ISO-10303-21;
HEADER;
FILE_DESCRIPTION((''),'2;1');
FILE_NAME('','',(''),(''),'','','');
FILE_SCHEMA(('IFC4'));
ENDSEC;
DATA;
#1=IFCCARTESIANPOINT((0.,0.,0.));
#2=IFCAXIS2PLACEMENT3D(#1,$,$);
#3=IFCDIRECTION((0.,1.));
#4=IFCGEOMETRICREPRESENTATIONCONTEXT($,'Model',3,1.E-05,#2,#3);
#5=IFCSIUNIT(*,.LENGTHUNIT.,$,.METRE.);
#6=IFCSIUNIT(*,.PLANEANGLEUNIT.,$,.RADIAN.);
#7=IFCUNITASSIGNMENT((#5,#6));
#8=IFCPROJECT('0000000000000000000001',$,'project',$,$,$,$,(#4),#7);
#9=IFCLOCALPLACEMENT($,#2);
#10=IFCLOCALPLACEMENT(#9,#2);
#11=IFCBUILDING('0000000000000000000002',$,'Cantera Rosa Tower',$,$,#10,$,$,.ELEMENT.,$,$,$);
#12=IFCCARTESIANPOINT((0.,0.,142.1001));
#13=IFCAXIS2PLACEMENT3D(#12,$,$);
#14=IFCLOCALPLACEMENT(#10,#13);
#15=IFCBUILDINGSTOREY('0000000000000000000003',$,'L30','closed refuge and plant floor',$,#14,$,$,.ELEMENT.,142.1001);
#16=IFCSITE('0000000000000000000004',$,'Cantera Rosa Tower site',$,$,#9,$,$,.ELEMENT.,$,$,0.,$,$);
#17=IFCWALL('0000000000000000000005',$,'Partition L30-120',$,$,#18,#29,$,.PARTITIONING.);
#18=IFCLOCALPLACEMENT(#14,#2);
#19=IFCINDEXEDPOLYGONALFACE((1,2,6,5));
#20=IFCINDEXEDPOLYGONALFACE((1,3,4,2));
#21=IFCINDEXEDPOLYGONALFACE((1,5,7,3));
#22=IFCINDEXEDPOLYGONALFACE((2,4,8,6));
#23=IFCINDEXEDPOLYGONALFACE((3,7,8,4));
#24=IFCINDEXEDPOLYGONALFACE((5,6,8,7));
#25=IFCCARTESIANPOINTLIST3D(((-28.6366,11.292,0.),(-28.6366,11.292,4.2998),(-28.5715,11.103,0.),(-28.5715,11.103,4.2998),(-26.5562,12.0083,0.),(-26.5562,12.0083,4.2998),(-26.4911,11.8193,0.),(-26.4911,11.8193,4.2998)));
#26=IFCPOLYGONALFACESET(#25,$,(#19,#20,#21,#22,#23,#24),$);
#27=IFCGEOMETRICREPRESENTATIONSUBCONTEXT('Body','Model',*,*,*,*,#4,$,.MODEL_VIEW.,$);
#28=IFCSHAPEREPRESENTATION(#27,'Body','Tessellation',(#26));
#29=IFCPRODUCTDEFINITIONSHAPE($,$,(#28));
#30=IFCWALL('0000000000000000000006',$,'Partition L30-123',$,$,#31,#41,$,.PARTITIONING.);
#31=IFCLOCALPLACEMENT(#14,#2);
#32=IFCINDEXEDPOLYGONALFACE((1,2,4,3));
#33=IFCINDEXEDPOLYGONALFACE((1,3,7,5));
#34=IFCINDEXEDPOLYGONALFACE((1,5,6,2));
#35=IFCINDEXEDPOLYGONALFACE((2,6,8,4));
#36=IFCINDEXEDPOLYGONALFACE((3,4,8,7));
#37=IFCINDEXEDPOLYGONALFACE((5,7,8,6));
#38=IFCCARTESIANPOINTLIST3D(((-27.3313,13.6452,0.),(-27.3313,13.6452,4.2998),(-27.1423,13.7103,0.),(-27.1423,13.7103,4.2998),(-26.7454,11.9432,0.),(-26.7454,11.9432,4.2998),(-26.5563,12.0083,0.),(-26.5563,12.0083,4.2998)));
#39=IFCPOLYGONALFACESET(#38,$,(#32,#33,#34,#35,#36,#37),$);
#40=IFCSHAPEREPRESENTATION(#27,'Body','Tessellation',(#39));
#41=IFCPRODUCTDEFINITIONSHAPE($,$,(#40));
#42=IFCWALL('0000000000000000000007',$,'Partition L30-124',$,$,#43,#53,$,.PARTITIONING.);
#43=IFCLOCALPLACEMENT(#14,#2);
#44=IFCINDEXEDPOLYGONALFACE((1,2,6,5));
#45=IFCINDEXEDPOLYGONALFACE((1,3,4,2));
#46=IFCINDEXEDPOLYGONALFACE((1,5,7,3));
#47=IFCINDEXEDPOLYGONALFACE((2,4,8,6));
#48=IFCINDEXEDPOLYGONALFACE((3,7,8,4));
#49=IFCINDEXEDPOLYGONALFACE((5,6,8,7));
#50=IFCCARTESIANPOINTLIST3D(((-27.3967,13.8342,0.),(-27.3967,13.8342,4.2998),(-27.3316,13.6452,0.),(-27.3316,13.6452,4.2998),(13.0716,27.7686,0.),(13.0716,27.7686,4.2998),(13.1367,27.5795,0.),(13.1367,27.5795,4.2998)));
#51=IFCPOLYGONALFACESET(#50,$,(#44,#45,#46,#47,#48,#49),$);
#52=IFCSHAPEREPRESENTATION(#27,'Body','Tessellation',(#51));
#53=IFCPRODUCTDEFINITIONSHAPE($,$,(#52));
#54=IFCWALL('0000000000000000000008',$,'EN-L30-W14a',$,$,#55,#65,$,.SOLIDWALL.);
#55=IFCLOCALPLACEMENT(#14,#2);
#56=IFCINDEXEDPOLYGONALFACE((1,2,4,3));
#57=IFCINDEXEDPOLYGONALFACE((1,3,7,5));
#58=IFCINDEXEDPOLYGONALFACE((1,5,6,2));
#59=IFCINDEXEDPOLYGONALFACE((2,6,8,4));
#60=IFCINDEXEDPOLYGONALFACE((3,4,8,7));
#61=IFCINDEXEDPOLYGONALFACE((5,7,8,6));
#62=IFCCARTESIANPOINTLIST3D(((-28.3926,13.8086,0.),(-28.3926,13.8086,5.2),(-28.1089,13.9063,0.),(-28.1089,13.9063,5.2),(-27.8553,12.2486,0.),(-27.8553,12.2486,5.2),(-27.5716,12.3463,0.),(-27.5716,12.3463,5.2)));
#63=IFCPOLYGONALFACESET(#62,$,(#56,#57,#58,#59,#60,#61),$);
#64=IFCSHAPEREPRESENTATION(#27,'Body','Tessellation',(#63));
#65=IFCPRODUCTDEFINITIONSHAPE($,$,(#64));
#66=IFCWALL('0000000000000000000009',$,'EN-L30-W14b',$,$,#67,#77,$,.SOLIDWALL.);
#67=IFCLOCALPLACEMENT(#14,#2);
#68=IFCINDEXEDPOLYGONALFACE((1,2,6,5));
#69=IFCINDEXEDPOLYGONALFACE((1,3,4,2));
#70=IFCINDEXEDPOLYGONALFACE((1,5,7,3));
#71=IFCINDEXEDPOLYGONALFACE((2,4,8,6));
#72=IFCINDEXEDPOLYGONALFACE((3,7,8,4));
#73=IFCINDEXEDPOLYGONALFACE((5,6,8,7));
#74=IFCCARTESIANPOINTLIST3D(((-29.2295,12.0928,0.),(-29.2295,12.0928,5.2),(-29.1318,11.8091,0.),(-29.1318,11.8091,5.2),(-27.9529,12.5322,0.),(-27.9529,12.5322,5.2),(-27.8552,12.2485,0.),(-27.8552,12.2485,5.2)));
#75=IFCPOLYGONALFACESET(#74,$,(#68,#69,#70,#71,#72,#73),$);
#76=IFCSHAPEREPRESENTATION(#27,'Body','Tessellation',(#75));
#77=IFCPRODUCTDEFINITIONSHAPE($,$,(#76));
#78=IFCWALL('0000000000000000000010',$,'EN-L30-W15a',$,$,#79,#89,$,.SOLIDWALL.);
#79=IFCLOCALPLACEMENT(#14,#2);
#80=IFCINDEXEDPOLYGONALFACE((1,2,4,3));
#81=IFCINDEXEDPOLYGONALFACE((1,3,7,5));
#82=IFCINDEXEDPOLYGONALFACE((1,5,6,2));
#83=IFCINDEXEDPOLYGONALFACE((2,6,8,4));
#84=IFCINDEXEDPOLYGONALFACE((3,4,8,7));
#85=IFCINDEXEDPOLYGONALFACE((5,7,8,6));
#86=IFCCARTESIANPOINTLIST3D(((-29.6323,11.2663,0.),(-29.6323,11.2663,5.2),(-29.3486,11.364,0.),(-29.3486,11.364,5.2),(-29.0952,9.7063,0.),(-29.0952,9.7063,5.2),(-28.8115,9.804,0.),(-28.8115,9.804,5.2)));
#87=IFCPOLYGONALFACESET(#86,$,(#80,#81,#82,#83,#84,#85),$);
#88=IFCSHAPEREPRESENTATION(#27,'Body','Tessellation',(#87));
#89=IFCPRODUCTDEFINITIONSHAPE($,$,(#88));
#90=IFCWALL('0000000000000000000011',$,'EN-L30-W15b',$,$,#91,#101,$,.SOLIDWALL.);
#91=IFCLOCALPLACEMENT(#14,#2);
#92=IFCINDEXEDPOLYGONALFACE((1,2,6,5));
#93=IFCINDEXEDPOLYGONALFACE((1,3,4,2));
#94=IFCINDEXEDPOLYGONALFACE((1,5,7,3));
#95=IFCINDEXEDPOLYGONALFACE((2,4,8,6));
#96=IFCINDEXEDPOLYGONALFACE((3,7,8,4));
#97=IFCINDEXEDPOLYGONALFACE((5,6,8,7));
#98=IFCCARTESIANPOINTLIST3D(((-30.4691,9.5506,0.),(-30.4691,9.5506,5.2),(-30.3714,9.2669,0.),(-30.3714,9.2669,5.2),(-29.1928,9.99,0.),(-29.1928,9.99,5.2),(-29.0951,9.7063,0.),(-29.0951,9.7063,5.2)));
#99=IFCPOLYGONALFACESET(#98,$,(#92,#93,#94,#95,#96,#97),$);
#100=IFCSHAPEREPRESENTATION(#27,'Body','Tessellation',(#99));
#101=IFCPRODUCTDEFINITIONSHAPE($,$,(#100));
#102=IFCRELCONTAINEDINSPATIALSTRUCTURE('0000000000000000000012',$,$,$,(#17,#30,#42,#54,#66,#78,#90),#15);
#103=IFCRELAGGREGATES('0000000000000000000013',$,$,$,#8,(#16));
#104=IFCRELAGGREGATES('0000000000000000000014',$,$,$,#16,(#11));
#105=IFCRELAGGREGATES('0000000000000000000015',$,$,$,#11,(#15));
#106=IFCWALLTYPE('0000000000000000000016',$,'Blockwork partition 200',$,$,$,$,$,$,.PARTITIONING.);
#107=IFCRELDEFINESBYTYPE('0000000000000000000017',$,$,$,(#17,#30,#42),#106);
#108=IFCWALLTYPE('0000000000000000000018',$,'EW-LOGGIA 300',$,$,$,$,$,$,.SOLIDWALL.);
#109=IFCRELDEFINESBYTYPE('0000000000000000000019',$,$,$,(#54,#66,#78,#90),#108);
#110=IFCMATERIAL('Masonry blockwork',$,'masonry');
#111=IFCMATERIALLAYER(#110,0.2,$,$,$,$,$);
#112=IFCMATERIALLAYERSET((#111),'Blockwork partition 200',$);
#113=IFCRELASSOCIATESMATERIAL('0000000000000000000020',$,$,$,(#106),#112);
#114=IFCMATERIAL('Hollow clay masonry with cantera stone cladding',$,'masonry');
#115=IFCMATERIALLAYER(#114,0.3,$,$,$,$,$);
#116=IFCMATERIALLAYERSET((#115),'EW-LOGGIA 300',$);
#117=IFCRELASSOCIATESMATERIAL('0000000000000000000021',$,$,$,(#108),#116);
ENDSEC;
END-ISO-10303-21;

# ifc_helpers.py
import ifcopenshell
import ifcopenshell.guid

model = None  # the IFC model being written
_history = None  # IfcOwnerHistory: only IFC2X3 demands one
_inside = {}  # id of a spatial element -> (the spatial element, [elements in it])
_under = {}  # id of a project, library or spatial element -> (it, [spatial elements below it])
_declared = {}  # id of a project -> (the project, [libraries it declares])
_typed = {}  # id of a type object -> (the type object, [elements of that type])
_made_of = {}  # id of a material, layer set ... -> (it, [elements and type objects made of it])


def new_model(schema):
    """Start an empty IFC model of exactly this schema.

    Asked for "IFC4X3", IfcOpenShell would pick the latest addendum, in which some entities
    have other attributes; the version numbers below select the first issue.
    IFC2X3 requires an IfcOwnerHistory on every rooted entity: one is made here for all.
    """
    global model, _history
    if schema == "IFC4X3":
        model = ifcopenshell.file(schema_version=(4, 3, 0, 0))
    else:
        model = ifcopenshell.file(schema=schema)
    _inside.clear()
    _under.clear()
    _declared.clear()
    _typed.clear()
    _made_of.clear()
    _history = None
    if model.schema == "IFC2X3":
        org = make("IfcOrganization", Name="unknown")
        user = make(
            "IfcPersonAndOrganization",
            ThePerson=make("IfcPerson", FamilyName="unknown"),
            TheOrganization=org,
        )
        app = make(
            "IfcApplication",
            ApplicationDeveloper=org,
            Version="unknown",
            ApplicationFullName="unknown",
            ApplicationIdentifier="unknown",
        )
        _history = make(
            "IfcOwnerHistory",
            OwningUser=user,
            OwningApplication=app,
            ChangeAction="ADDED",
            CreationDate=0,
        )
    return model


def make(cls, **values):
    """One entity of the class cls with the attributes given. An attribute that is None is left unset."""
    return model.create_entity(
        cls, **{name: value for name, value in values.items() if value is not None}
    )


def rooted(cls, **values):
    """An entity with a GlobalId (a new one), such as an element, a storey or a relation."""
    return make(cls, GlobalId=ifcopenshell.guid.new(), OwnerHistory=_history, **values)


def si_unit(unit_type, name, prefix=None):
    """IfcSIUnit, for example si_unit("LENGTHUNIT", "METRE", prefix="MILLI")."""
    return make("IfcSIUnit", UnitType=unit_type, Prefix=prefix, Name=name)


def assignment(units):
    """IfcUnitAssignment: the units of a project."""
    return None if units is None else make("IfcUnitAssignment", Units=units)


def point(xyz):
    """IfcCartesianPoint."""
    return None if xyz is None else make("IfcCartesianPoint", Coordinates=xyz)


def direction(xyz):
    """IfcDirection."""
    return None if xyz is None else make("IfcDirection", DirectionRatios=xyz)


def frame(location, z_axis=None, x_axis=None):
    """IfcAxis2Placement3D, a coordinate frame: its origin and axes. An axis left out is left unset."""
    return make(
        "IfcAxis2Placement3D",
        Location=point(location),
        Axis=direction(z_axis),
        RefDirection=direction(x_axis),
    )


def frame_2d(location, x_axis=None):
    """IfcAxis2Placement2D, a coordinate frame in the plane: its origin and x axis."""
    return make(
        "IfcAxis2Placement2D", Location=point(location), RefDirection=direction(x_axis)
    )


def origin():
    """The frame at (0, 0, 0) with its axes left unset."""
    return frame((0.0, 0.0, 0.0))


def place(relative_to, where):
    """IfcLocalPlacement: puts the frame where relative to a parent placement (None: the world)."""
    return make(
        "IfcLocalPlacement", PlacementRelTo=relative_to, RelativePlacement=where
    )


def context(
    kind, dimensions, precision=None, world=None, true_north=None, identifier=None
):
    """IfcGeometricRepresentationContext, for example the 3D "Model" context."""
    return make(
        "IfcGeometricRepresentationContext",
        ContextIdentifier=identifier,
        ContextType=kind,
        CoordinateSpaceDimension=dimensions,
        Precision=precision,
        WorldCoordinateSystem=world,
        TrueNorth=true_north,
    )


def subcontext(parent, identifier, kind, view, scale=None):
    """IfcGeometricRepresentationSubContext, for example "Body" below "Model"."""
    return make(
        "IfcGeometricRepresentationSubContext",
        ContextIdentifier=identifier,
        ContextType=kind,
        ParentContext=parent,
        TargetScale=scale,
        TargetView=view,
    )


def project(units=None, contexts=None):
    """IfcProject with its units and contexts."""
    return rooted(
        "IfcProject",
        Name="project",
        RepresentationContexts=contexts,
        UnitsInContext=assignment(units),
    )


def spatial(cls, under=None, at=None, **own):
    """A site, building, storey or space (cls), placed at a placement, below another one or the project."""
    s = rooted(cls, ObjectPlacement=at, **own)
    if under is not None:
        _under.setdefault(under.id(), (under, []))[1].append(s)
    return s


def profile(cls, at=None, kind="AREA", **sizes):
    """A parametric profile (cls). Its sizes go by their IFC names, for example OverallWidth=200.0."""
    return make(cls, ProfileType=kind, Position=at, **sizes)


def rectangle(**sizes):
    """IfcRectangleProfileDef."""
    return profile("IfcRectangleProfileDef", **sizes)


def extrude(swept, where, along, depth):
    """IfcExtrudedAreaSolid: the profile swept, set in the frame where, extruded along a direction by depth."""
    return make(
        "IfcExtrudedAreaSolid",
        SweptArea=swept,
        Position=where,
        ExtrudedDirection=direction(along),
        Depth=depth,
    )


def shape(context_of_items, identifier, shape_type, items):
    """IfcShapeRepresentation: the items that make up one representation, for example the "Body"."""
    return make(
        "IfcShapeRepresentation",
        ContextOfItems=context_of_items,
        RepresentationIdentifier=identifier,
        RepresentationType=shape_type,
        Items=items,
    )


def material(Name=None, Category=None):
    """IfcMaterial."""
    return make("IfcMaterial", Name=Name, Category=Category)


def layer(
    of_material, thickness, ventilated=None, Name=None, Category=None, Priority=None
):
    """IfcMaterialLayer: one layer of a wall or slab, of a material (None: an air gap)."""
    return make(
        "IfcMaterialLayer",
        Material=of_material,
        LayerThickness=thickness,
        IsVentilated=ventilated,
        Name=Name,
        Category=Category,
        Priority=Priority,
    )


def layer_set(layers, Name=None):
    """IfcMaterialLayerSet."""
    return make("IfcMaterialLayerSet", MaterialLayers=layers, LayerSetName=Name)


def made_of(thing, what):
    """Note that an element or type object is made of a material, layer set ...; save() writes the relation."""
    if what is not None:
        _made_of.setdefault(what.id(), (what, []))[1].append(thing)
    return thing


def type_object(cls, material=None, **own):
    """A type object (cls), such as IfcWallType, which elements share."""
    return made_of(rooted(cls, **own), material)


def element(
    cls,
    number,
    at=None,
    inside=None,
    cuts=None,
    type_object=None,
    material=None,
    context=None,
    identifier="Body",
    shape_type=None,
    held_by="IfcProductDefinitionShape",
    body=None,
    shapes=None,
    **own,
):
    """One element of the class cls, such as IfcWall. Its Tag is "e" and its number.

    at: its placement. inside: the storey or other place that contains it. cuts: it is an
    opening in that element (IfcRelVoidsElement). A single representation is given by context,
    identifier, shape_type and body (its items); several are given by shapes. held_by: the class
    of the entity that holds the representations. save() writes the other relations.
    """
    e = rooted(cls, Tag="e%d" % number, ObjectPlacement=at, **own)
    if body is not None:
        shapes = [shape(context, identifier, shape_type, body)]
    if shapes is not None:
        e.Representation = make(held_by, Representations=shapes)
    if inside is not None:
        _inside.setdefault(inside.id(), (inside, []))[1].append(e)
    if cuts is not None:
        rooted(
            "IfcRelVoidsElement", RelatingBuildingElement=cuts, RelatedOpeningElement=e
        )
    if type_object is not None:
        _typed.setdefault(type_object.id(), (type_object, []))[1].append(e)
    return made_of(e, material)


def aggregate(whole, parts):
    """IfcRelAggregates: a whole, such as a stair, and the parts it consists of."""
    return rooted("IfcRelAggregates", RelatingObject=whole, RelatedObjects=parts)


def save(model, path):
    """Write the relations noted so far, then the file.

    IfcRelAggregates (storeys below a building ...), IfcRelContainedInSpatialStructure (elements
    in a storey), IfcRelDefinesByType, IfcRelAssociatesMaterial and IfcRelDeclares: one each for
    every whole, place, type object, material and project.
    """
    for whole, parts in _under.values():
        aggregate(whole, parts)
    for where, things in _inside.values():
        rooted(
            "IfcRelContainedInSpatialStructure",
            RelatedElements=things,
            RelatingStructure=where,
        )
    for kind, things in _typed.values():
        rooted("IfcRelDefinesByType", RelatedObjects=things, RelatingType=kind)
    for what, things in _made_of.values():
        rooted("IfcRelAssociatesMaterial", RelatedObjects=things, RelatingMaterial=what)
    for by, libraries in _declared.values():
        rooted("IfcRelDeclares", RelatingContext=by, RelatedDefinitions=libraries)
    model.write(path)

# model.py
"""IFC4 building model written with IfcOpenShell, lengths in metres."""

from ifc_helpers import new_model, si_unit, direction, frame, frame_2d, origin, place, context, subcontext, project, spatial, rectangle, extrude, material, layer, layer_set, type_object, element, save


model = new_model("IFC4")

# Units and contexts
model_context = context("Model", 3, precision=1e-05, world=origin(), true_north=direction((0.0, 1.0)))
body_context = subcontext(model_context, "Body", "Model", "MODEL_VIEW")
ifc_project = project(units=[si_unit("LENGTHUNIT", "METRE"), si_unit("PLANEANGLEUNIT", "RADIAN")], contexts=[model_context])

# Site, building, storey
site_placement = place(None, origin())
site = spatial("IfcSite", under=ifc_project, at=site_placement, Name="Cantera Rosa Tower site", CompositionType="ELEMENT", RefElevation=0.0)
building_placement = place(site_placement, origin())
building = spatial("IfcBuilding", under=site, at=building_placement, Name="Cantera Rosa Tower", CompositionType="ELEMENT")
storey_placement = place(building_placement, frame((0.0, 0.0, 142.1001)))
storey = spatial("IfcBuildingStorey", under=building, at=storey_placement, Name="L30", Description="closed refuge and plant floor", CompositionType="ELEMENT", Elevation=142.1001)

# Walls
ifc_material_1 = material(Name="Masonry blockwork", Category="masonry")
ifc_layer_1 = layer(ifc_material_1, 0.2)
ifc_layer_set_1 = layer_set([ifc_layer_1], Name="Blockwork partition 200")
wall_type_1 = type_object("IfcWallType", Name="Blockwork partition 200", PredefinedType="PARTITIONING", material=ifc_layer_set_1)
wall_1_placement = place(storey_placement, frame((-28.604, 11.1975, 0.0), z_axis=(0.0, 0.0, 1.0), x_axis=(0.945519, 0.325567, 0.0)))
element("IfcWall", 1, at=wall_1_placement, inside=storey, type_object=wall_type_1, Name="Partition L30-120", PredefinedType="PARTITIONING", context=body_context, shape_type="SweptSolid", body=[
    extrude(rectangle(XDim=2.2002, YDim=0.2, at=frame_2d((1.1001, 0.0))), origin(), (0.0, 0.0, 1.0), 4.2998),
])
wall_2_placement = place(storey_placement, frame((-26.6509, 11.9758, 0.0), z_axis=(0.0, 0.0, 1.0), x_axis=(-0.325531, 0.945531, 0.0)))
element("IfcWall", 2, at=wall_2_placement, inside=storey, type_object=wall_type_1, Name="Partition L30-123", PredefinedType="PARTITIONING", context=body_context, shape_type="SweptSolid", body=[
    extrude(rectangle(XDim=1.8, YDim=0.2, at=frame_2d((0.8999, 0.0))), origin(), (0.0, 0.0, 1.0), 4.2998),
])
wall_3_placement = place(storey_placement, frame((-27.364, 13.7397, 0.0), z_axis=(0.0, 0.0, 1.0), x_axis=(0.945519, 0.325568, 0.0)))
element("IfcWall", 3, at=wall_3_placement, inside=storey, type_object=wall_type_1, Name="Partition L30-124", PredefinedType="PARTITIONING", context=body_context, shape_type="SweptSolid", body=[
    extrude(rectangle(XDim=42.8, YDim=0.2, at=frame_2d((21.3999, 0.0))), origin(), (0.0, 0.0, 1.0), 4.2998),
])
ifc_material_2 = material(Name="Hollow clay masonry with cantera stone cladding", Category="masonry")
ifc_layer_2 = layer(ifc_material_2, 0.3)
ifc_layer_set_2 = layer_set([ifc_layer_2], Name="EW-LOGGIA 300")
wall_type_2 = type_object("IfcWallType", Name="EW-LOGGIA 300", PredefinedType="SOLIDWALL", material=ifc_layer_set_2)
wall_4_placement = place(storey_placement, frame((-28.2507, 13.8574, 0.0), z_axis=(0.0, 0.0, 1.0), x_axis=(0.325667, -0.945485, 0.0)))
element("IfcWall", 4, at=wall_4_placement, inside=storey, type_object=wall_type_2, Name="EN-L30-W14a", PredefinedType="SOLIDWALL", context=body_context, shape_type="SweptSolid", body=[
    extrude(rectangle(XDim=1.6499, YDim=0.3, at=frame_2d((0.825, 0.0))), origin(), (0.0, 0.0, 1.0), 5.2),
])
wall_5_placement = place(storey_placement, frame((-27.9041, 12.3904, 0.0), z_axis=(0.0, 0.0, 1.0), x_axis=(-0.945546, -0.325489, 0.0)))
element("IfcWall", 5, at=wall_5_placement, inside=storey, type_object=wall_type_2, Name="EN-L30-W14b", PredefinedType="SOLIDWALL", context=body_context, shape_type="SweptSolid", body=[
    extrude(rectangle(XDim=1.3501, YDim=0.3, at=frame_2d((0.675, 0.0))), origin(), (0.0, 0.0, 1.0), 5.2),
])
wall_6_placement = place(storey_placement, frame((-29.4905, 11.3152, 0.0), z_axis=(0.0, 0.0, 1.0), x_axis=(0.325535, -0.94553, 0.0)))
element("IfcWall", 6, at=wall_6_placement, inside=storey, type_object=wall_type_2, Name="EN-L30-W15a", PredefinedType="SOLIDWALL", context=body_context, shape_type="SweptSolid", body=[
    extrude(rectangle(XDim=1.6499, YDim=0.3, at=frame_2d((0.825, 0.0))), origin(), (0.0, 0.0, 1.0), 5.2),
])
wall_7_placement = place(storey_placement, frame((-29.144, 9.8481, 0.0), z_axis=(0.0, 0.0, 1.0), x_axis=(-0.945527, -0.325545, 0.0)))
element("IfcWall", 7, at=wall_7_placement, inside=storey, type_object=wall_type_2, Name="EN-L30-W15b", PredefinedType="SOLIDWALL", context=body_context, shape_type="SweptSolid", body=[
    extrude(rectangle(XDim=1.3499, YDim=0.3, at=frame_2d((0.6748, 0.0))), origin(), (0.0, 0.0, 1.0), 5.2),
])

save(model, "model.ifc")
